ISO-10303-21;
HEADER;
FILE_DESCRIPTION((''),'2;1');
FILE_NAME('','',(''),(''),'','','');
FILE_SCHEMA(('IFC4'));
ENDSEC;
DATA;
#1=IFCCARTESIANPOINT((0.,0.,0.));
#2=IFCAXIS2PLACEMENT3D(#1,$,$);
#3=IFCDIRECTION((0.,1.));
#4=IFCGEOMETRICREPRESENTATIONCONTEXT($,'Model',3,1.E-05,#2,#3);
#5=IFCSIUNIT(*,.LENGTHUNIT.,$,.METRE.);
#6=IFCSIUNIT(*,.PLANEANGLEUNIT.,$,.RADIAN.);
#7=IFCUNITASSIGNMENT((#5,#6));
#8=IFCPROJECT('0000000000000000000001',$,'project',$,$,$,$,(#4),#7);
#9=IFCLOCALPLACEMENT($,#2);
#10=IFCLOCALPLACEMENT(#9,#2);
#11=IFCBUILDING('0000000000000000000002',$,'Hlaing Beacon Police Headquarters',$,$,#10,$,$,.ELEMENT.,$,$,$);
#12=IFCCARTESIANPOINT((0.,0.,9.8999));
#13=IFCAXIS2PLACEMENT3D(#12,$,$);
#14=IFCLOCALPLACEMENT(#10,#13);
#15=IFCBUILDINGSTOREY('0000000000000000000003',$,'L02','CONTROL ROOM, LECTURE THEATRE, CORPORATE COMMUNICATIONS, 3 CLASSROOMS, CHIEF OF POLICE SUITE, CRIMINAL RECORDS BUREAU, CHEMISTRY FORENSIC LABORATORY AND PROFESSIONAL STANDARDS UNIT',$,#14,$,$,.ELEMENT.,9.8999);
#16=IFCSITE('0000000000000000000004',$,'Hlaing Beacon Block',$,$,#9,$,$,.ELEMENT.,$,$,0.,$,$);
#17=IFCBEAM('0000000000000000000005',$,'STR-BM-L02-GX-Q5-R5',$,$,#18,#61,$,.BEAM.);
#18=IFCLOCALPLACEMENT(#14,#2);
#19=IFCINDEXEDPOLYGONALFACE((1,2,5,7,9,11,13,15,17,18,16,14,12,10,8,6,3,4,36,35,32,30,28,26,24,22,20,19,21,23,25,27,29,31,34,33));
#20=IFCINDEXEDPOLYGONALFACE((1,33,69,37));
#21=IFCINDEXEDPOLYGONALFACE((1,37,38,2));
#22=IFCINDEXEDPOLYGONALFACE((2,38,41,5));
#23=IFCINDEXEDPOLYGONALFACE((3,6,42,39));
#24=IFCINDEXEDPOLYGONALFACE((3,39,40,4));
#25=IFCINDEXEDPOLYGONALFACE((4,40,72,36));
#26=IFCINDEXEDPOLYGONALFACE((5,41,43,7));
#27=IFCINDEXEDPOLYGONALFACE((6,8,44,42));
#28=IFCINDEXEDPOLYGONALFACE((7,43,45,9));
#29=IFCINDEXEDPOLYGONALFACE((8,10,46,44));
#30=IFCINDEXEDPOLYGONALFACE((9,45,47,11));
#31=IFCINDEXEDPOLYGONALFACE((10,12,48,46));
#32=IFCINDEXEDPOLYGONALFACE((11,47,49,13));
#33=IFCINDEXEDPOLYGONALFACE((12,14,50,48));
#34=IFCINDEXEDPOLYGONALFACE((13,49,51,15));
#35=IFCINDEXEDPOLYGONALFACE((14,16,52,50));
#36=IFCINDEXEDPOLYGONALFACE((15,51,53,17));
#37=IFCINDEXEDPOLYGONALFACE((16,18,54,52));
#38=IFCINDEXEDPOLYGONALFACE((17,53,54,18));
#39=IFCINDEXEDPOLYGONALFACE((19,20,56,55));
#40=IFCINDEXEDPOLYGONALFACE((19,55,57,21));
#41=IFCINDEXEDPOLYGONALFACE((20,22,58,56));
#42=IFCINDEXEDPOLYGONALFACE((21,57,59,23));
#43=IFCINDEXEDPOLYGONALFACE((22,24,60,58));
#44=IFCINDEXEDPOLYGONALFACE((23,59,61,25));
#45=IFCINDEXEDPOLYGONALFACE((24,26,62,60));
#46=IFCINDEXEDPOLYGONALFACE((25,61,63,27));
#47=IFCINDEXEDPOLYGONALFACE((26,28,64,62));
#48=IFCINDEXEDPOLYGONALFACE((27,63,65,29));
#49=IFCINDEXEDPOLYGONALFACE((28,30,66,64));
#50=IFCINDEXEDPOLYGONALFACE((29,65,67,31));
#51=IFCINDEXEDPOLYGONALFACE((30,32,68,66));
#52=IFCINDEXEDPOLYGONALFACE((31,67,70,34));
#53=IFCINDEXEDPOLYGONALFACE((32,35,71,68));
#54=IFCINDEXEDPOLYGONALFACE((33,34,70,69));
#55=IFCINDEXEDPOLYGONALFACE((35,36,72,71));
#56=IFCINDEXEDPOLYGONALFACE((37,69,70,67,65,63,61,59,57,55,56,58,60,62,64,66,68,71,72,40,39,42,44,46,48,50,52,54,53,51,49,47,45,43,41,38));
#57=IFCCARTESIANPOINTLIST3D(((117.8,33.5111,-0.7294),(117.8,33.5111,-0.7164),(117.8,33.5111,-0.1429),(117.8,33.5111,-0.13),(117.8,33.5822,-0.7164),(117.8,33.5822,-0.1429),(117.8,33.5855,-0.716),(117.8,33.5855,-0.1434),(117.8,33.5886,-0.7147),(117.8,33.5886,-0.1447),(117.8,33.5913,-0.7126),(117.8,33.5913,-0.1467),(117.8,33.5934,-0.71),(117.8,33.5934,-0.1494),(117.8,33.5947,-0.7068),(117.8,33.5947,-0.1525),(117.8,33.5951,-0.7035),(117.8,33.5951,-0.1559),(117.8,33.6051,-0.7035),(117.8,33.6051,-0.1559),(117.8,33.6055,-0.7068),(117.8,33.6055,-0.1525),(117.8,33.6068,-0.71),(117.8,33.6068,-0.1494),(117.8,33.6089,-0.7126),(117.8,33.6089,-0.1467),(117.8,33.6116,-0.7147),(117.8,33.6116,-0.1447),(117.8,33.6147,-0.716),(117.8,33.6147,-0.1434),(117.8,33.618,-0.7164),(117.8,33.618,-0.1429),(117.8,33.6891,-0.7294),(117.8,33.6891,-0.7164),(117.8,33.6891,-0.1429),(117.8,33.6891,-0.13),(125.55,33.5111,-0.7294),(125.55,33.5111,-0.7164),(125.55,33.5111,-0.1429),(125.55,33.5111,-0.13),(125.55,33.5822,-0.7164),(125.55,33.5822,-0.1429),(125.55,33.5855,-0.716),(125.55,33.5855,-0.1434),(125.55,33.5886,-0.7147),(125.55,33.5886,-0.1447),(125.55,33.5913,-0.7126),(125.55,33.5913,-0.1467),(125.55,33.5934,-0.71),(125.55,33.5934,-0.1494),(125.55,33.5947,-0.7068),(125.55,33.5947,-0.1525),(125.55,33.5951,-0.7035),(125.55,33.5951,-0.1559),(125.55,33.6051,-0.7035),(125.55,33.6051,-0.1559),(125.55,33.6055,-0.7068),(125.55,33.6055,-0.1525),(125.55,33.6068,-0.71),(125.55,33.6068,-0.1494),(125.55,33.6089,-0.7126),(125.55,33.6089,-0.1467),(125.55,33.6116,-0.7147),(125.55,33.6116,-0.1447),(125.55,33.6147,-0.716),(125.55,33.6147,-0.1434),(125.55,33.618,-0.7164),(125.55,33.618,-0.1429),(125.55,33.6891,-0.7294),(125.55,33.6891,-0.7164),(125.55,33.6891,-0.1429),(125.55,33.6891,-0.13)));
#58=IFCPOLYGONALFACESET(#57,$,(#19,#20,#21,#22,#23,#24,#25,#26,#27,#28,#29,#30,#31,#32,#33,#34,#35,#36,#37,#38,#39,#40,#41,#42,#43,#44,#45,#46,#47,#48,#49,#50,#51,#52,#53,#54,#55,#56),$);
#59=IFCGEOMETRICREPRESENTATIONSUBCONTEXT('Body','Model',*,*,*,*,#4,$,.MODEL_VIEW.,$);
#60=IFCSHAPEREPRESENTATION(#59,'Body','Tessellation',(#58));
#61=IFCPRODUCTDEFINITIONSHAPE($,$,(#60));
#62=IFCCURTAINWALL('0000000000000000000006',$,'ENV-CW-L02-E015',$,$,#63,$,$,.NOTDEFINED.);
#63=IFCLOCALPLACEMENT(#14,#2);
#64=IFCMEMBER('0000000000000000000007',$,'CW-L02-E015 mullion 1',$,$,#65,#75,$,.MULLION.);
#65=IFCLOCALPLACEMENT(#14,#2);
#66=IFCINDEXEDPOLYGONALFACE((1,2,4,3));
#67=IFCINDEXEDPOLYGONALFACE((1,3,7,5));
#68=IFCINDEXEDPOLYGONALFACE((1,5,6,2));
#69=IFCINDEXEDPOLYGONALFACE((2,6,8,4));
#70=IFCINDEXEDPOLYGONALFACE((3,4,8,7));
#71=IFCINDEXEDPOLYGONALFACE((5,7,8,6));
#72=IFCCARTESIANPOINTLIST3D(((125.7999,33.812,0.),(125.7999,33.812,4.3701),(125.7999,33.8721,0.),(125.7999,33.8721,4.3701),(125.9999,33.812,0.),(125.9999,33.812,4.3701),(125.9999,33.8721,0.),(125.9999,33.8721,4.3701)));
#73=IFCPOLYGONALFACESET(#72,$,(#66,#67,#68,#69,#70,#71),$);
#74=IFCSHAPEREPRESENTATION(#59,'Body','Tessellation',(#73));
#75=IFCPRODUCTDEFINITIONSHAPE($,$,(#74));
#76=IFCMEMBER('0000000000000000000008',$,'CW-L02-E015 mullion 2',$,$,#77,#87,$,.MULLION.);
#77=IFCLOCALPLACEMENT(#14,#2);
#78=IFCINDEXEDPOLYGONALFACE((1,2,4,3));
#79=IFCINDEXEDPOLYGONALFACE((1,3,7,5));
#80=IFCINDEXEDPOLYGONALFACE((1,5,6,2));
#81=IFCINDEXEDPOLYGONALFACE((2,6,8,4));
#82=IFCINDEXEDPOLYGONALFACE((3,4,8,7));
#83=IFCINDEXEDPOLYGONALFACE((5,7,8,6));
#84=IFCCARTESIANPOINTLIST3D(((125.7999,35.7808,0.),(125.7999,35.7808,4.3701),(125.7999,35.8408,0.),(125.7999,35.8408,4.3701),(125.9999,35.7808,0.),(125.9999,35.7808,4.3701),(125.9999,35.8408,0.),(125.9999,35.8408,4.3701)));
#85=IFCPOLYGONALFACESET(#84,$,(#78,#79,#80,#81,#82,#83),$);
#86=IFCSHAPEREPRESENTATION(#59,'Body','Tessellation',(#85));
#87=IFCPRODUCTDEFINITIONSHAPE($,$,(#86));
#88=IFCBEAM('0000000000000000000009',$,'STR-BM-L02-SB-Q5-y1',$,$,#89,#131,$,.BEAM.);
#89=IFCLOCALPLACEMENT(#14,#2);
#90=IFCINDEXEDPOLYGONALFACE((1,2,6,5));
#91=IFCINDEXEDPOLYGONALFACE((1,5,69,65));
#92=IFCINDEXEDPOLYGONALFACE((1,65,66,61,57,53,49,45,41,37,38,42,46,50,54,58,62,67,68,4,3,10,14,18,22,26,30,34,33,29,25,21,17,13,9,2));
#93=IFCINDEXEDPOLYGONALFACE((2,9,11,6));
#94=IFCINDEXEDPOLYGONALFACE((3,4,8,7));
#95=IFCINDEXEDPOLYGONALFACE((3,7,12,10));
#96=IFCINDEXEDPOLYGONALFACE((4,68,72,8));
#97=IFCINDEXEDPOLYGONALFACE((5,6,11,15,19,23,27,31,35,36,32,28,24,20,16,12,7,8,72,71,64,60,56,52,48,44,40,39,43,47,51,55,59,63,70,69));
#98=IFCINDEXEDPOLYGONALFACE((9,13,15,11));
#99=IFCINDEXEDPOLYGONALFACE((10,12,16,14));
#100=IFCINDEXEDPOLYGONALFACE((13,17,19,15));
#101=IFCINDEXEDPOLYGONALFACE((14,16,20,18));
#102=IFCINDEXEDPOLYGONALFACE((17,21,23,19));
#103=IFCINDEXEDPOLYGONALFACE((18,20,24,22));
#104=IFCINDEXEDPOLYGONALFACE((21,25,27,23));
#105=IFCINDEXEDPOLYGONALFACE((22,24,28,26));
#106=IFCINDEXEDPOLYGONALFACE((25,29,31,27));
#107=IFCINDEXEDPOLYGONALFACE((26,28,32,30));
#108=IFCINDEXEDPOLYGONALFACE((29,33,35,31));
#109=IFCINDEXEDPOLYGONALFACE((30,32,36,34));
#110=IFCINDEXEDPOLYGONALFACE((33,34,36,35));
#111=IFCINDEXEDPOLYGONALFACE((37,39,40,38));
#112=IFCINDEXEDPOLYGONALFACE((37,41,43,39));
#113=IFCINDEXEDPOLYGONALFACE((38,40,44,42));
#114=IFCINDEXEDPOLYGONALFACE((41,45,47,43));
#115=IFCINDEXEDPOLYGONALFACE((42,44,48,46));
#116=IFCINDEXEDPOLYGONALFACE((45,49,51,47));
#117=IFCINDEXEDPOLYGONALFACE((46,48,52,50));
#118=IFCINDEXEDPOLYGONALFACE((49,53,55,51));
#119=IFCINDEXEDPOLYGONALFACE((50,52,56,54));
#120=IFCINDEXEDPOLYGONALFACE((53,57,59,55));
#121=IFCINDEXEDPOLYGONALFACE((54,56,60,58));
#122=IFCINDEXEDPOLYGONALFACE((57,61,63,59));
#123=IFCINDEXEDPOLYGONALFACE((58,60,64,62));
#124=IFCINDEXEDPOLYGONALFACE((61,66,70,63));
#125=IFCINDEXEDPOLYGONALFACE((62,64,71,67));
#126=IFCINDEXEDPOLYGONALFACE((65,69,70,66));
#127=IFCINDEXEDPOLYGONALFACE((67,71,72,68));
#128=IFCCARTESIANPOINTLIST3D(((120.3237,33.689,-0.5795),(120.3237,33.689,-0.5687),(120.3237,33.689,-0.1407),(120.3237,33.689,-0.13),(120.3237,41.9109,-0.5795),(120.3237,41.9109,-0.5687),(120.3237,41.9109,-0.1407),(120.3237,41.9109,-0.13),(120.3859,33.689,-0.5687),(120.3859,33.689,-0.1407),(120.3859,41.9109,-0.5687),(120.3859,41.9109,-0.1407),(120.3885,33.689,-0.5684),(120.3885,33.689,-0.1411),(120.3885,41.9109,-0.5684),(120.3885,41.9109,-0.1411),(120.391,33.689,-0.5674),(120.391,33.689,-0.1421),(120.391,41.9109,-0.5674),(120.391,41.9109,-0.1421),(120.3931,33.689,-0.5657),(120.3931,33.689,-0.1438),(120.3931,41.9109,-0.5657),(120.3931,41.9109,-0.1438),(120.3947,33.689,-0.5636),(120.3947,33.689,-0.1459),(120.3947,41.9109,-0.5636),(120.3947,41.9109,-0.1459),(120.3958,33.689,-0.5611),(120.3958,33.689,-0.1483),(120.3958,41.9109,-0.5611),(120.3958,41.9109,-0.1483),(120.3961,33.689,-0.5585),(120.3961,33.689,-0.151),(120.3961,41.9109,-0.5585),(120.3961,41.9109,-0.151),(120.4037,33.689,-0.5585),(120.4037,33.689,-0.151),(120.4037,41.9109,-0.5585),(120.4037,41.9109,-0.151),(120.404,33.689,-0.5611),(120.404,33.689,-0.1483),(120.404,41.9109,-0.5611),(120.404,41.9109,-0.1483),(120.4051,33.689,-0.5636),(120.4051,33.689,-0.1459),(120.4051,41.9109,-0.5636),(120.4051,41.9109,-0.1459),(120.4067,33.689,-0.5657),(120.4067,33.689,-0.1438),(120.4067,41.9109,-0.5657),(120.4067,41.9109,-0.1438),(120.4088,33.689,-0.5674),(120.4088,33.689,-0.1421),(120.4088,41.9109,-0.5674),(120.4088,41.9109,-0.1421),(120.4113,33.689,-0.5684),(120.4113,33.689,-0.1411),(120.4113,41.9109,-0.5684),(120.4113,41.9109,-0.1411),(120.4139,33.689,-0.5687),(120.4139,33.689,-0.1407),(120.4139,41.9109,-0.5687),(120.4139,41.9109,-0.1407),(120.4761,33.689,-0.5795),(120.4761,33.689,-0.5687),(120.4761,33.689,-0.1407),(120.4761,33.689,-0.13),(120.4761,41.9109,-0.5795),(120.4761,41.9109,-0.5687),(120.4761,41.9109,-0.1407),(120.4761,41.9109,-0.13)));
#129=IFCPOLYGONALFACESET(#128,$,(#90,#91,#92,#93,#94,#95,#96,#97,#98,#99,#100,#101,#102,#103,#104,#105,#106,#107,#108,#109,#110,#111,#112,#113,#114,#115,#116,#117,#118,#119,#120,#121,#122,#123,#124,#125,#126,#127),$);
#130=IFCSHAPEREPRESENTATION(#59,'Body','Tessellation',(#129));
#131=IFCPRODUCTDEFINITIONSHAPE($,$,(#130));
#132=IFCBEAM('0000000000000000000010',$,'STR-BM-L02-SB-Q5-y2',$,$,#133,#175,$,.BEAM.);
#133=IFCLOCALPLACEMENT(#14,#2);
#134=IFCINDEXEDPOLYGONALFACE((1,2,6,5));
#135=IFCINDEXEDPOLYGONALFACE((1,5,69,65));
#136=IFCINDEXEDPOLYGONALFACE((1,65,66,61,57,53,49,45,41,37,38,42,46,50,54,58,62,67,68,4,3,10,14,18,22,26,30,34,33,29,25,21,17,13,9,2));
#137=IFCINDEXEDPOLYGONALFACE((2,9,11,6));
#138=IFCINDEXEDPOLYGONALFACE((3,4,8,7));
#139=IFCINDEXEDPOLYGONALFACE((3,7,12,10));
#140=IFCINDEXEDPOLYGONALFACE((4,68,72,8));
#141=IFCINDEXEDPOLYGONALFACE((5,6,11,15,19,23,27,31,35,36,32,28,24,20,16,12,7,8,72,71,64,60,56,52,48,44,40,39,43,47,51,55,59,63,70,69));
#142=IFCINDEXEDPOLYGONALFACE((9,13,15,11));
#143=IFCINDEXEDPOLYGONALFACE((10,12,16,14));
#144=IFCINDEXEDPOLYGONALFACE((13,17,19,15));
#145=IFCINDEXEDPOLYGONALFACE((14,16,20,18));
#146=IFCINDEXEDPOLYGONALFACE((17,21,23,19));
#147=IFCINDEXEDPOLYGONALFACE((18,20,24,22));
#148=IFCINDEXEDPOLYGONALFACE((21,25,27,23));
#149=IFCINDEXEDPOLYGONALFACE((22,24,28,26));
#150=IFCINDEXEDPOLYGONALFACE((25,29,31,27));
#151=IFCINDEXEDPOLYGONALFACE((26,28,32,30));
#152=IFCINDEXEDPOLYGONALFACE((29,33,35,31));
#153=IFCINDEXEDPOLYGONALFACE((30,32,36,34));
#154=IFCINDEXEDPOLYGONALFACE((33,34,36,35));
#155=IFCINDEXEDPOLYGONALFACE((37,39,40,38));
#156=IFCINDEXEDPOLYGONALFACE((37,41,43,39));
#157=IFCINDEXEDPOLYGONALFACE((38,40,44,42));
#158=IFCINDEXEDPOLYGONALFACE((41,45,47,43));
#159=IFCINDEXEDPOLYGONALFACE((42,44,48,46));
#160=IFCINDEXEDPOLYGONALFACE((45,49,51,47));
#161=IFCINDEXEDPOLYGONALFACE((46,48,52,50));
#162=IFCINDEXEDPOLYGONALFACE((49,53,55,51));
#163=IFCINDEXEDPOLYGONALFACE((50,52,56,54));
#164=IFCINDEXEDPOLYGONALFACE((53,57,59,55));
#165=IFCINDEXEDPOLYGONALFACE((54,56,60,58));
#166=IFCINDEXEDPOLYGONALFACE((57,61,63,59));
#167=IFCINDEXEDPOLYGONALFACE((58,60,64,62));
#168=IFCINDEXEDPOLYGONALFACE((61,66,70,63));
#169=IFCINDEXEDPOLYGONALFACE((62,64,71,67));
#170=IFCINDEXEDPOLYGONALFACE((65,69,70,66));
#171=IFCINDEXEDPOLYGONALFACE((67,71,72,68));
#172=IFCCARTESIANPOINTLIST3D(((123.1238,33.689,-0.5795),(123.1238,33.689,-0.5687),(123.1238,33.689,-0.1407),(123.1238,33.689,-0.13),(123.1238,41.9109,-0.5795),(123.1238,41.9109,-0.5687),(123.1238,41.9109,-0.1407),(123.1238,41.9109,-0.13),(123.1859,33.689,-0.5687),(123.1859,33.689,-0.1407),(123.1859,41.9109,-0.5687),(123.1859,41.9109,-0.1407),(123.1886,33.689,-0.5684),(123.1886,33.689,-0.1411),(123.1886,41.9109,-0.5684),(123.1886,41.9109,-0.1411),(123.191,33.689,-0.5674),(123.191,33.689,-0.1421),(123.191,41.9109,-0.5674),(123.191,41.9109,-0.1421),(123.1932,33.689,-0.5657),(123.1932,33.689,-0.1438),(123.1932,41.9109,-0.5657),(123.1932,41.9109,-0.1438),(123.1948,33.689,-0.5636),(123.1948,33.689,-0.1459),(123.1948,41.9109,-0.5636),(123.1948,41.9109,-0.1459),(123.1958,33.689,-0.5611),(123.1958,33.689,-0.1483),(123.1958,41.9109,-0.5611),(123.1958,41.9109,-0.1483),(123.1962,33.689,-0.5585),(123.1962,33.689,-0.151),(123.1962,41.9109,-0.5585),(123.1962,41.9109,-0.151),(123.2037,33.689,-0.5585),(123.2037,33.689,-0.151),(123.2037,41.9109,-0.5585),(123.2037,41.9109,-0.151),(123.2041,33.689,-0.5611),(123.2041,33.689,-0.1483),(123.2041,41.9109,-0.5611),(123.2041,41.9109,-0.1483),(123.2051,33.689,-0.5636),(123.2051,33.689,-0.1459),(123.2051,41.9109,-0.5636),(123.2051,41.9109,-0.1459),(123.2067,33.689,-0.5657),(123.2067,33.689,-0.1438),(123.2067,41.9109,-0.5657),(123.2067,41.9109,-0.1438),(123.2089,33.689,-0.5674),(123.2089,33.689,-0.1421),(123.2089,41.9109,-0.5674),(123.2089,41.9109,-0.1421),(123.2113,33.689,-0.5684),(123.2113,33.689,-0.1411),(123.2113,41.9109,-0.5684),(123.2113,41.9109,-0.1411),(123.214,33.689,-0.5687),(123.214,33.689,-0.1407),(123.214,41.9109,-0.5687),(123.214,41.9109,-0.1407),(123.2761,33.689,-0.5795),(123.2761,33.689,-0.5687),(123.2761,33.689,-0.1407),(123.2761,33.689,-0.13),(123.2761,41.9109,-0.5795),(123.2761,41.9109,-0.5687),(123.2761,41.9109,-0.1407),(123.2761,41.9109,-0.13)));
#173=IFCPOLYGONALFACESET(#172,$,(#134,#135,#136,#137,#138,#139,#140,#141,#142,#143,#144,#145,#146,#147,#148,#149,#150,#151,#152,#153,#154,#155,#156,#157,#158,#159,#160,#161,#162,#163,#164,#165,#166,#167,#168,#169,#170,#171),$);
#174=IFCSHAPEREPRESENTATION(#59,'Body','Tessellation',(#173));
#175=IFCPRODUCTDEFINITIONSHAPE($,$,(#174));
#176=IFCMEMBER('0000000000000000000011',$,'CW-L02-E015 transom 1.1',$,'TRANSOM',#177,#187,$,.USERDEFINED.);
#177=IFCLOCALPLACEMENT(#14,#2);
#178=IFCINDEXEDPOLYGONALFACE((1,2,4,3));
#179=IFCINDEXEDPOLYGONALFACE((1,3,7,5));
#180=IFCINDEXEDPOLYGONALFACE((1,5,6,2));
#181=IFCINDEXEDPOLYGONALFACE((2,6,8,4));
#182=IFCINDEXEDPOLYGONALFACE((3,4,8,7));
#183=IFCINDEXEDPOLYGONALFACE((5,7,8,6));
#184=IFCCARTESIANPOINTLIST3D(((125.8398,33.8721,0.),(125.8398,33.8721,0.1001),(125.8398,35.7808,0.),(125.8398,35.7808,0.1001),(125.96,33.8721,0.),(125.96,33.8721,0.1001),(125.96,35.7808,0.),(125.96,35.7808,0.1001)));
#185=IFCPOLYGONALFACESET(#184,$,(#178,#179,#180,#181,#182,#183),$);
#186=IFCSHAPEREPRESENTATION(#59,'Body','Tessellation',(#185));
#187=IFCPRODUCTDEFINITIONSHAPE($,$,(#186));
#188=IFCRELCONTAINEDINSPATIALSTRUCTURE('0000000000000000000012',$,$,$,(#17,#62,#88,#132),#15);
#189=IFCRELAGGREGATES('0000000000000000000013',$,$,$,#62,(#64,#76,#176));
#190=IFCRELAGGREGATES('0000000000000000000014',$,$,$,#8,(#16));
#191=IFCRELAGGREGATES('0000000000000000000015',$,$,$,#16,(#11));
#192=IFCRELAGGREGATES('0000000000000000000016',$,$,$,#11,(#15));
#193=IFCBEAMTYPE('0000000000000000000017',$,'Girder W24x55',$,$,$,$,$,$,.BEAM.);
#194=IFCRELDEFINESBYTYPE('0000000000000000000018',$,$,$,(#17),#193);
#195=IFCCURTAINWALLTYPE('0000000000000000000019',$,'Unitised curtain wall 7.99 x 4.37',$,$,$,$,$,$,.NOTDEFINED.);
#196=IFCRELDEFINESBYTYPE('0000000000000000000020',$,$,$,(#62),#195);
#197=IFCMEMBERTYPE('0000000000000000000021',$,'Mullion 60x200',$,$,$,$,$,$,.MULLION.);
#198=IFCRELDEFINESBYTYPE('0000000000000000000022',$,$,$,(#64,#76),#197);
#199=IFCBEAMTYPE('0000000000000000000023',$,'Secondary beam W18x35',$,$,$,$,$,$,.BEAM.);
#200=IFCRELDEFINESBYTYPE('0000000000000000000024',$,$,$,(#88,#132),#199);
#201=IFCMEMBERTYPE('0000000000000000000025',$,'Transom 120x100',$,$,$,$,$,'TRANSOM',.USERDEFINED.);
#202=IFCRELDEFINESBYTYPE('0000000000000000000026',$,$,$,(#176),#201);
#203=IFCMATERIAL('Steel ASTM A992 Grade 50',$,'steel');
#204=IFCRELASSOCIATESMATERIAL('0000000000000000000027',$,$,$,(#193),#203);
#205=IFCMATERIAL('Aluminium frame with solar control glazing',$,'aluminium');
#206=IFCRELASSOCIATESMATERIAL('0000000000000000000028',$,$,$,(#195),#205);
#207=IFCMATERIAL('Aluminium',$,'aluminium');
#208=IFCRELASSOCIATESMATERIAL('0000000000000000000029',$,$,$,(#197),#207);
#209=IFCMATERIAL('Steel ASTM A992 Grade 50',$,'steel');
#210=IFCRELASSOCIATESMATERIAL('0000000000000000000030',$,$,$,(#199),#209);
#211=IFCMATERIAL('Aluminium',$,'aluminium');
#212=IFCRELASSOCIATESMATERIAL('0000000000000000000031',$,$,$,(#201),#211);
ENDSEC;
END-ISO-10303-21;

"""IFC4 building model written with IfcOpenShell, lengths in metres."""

from ifc_helpers import new_model, si_unit, direction, frame, origin, origin_2d, place, context, subcontext, project, spatial, rectangle, i_section, extrude, material, material_profile, profile_set, type_object, element, aggregate, save


model = new_model("IFC4")

# Units and contexts
model_context = context("Model", 3, precision=1e-05, world=origin(), true_north=direction((0.0, 1.0)))
body_context = subcontext(model_context, "Body", "Model", "MODEL_VIEW")
ifc_project = project(units=[si_unit("LENGTHUNIT", "METRE"), si_unit("PLANEANGLEUNIT", "RADIAN")], contexts=[model_context])

# Site, building, storey
site_placement = place(None, origin())
site = spatial("IfcSite", under=ifc_project, at=site_placement, Name="Hlaing Beacon Block", CompositionType="ELEMENT", RefElevation=0.0)
building_placement = place(site_placement, origin())
building = spatial("IfcBuilding", under=site, at=building_placement, Name="Hlaing Beacon Police Headquarters", CompositionType="ELEMENT")
storey_placement = place(building_placement, frame((0.0, 0.0, 9.8999)))
storey = spatial("IfcBuildingStorey", under=building, at=storey_placement, Name="L02", Description="CONTROL ROOM, LECTURE THEATRE, CORPORATE COMMUNICATIONS, 3 CLASSROOMS, CHIEF OF POLICE SUITE, CRIMINAL RECORDS BUREAU, CHEMISTRY FORENSIC LABORATORY AND PROFESSIONAL STANDARDS UNIT", CompositionType="ELEMENT", Elevation=9.8999)

# Beam
ifc_material_1 = material(Name="Steel ASTM A992 Grade 50", Category="steel")
ifc_material_profile_1 = material_profile(ifc_material_1, i_section(OverallWidth=0.178, OverallDepth=0.5994, WebThickness=0.01, FlangeThickness=0.0129, FilletRadius=0.0129, at=origin_2d()), Name="W24x55")
ifc_profile_set_1 = profile_set([ifc_material_profile_1], Name="Steel ASTM A992 Grade 50")
beam_type_1 = type_object("IfcBeamType", Name="Girder W24x55", PredefinedType="BEAM", material=ifc_profile_set_1)
beam_placement = place(storey_placement, frame((117.8, 33.6001, -0.4297), z_axis=(1.0, 0.0, 0.0), x_axis=(0.0, 1.0, 0.0)))
element("IfcBeam", 1, at=beam_placement, inside=storey, type_object=beam_type_1, Name="STR-BM-L02-GX-Q5-R5", PredefinedType="BEAM", context=body_context, shape_type="SweptSolid", body=[
    extrude(i_section(OverallWidth=0.178, OverallDepth=0.5994, WebThickness=0.01, FlangeThickness=0.0129, FilletRadius=0.0129, at=origin_2d()), origin(), (0.0, 0.0, 1.0), 7.75),
])

# Curtain wall, members
ifc_material_2 = material(Name="Aluminium frame with solar control glazing", Category="aluminium")
curtain_wall_type = type_object("IfcCurtainWallType", Name="Unitised curtain wall 7.99 x 4.37", PredefinedType="NOTDEFINED", material=ifc_material_2)
curtain_wall_placement = place(storey_placement, origin())
curtain_wall = element("IfcCurtainWall", 2, at=curtain_wall_placement, inside=storey, type_object=curtain_wall_type, Name="ENV-CW-L02-E015", PredefinedType="NOTDEFINED")
ifc_material_3 = material(Name="Aluminium", Category="aluminium")
ifc_material_profile_2 = material_profile(ifc_material_3, rectangle(XDim=0.2, YDim=0.0601, at=origin_2d()), Name="Mullion 60x200")
ifc_profile_set_2 = profile_set([ifc_material_profile_2], Name="Aluminium")
member_type_1 = type_object("IfcMemberType", Name="Mullion 60x200", PredefinedType="MULLION", material=ifc_profile_set_2)
member_1_placement = place(storey_placement, frame((125.8999, 33.842, 0.0), z_axis=(0.0, 0.0, 1.0), x_axis=(-1.0, 0.0, 0.0)))
member_1 = element("IfcMember", 3, at=member_1_placement, type_object=member_type_1, Name="CW-L02-E015 mullion 1", PredefinedType="MULLION", context=body_context, shape_type="SweptSolid", body=[
    extrude(rectangle(XDim=0.2, YDim=0.0601, at=origin_2d()), origin(), (0.0, 0.0, 1.0), 4.3701),
])
member_2_placement = place(storey_placement, frame((125.8999, 35.8108, 0.0), z_axis=(0.0, 0.0, 1.0), x_axis=(-1.0, 0.0, 0.0)))
member_2 = element("IfcMember", 4, at=member_2_placement, type_object=member_type_1, Name="CW-L02-E015 mullion 2", PredefinedType="MULLION", context=body_context, shape_type="SweptSolid", body=[
    extrude(rectangle(XDim=0.2, YDim=0.0601, at=origin_2d()), origin(), (0.0, 0.0, 1.0), 4.3701),
])

# Beams
ifc_material_4 = material(Name="Steel ASTM A992 Grade 50", Category="steel")
ifc_material_profile_3 = material_profile(ifc_material_4, i_section(OverallWidth=0.1523, OverallDepth=0.4495, WebThickness=0.0076, FlangeThickness=0.0107, FilletRadius=0.0103, at=origin_2d()), Name="W18x35")
ifc_profile_set_3 = profile_set([ifc_material_profile_3], Name="Steel ASTM A992 Grade 50")
beam_type_2 = type_object("IfcBeamType", Name="Secondary beam W18x35", PredefinedType="BEAM", material=ifc_profile_set_3)
for number, where, z_axis, x_axis, name in (
    (5, (120.3999, 33.689, -0.3547), (0.0, 1.0, 0.0), (-1.0, 0.0, 0.0), "STR-BM-L02-SB-Q5-y1"),
    (6, (123.2, 33.689, -0.3547), (0.0, 1.0, 0.0), (-1.0, 0.0, 0.0), "STR-BM-L02-SB-Q5-y2"),
):
    element("IfcBeam", number, at=place(storey_placement, frame(where, z_axis=z_axis, x_axis=x_axis)), inside=storey, type_object=beam_type_2, Name=name, PredefinedType="BEAM", context=body_context, shape_type="SweptSolid", body=[
        extrude(i_section(OverallWidth=0.1523, OverallDepth=0.4495, WebThickness=0.0076, FlangeThickness=0.0107, FilletRadius=0.0103, at=origin_2d()), origin(), (0.0, 0.0, 1.0), 8.2219),
    ])

# Member
ifc_material_5 = material(Name="Aluminium", Category="aluminium")
ifc_material_profile_4 = material_profile(ifc_material_5, rectangle(XDim=0.1201, YDim=0.1001, at=origin_2d()), Name="Transom 120x100")
ifc_profile_set_4 = profile_set([ifc_material_profile_4], Name="Aluminium")
member_type_2 = type_object("IfcMemberType", Name="Transom 120x100", ElementType="TRANSOM", PredefinedType="USERDEFINED", material=ifc_profile_set_4)
member_3_placement = place(storey_placement, frame((125.8999, 33.8721, 0.05), z_axis=(0.0, 1.0, 0.0), x_axis=(-1.0, 0.0, 0.0)))
member_3 = element("IfcMember", 7, at=member_3_placement, type_object=member_type_2, Name="CW-L02-E015 transom 1.1", ObjectType="TRANSOM", PredefinedType="USERDEFINED", context=body_context, shape_type="SweptSolid", body=[
    extrude(rectangle(XDim=0.1201, YDim=0.1001, at=origin_2d()), origin(), (0.0, 0.0, 1.0), 1.9087),
])

aggregate(curtain_wall, [member_1, member_2, member_3])

save(model, "model.ifc")
